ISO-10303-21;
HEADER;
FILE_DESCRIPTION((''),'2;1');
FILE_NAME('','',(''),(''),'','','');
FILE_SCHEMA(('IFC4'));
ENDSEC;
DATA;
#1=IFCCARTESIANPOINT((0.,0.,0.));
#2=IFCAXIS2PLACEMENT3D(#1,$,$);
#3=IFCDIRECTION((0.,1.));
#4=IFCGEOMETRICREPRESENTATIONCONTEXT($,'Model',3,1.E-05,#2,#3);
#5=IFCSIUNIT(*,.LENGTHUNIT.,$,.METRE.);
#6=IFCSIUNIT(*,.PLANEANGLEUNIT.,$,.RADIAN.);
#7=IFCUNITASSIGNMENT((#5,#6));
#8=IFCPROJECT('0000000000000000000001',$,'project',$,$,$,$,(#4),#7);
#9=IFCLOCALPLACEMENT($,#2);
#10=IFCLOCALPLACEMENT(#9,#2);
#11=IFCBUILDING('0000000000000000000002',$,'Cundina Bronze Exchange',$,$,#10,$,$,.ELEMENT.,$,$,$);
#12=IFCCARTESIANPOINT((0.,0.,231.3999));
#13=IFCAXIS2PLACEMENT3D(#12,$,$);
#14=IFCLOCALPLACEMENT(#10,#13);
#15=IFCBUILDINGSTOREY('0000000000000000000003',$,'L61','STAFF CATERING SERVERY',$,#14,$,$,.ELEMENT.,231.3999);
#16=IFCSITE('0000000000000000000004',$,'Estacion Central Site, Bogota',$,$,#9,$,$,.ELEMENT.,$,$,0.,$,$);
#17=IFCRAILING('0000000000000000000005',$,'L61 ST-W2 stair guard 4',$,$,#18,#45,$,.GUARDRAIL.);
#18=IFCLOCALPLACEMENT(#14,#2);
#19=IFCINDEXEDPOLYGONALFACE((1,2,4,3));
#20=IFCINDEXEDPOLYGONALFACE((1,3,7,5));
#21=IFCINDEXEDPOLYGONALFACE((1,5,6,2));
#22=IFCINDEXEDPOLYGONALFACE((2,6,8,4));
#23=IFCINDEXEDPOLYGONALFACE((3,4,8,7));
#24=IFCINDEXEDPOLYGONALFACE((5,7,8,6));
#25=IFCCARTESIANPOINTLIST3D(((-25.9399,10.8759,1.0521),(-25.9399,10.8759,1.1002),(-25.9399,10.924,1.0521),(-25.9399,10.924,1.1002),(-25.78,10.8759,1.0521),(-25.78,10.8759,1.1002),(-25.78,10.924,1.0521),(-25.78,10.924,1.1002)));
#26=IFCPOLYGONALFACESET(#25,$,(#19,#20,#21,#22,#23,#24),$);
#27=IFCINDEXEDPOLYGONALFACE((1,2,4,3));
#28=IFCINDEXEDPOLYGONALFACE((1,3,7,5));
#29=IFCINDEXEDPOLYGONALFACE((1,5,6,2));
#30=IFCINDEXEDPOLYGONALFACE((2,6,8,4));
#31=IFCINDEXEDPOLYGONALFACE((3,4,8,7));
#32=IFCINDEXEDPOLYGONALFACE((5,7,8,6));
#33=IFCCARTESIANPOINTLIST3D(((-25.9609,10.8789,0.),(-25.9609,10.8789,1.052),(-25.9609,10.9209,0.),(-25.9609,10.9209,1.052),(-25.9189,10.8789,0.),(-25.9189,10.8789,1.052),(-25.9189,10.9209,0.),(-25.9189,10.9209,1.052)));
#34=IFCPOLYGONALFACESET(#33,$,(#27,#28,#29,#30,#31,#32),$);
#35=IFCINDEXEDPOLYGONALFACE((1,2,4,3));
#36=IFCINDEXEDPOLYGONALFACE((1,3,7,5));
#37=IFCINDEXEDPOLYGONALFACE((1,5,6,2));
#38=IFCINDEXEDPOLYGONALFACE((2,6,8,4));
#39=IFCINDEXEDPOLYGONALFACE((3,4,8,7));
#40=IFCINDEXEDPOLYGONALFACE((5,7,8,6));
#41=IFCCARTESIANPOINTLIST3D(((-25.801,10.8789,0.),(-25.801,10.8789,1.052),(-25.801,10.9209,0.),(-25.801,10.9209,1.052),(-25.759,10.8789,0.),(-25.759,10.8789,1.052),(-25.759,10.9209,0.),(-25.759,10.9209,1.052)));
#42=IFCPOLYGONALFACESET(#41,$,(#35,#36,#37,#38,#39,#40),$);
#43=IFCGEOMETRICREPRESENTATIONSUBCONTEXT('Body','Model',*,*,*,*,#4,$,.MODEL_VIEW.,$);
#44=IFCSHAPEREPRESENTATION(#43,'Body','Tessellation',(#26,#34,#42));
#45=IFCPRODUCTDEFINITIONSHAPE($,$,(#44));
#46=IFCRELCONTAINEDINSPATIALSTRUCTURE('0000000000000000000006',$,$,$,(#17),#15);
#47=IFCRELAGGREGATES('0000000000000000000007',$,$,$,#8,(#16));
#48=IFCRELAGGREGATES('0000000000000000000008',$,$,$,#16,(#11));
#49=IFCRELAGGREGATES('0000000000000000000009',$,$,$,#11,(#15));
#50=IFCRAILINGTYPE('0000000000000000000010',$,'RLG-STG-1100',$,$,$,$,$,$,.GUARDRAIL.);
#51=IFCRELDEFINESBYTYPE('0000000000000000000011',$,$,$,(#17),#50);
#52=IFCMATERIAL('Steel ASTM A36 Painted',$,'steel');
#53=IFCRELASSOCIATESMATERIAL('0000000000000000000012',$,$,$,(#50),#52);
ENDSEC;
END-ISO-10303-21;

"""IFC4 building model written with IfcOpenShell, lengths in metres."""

from ifc_helpers import new_model, si_unit, direction, frame, origin, origin_2d, place, context, subcontext, project, spatial, rectangle, extrude, material, type_object, element, save


model = new_model("IFC4")

# Units and contexts
model_context = context("Model", 3, precision=1e-05, world=origin(), true_north=direction((0.0, 1.0)))
body_context = subcontext(model_context, "Body", "Model", "MODEL_VIEW")
ifc_project = project(units=[si_unit("LENGTHUNIT", "METRE"), si_unit("PLANEANGLEUNIT", "RADIAN")], contexts=[model_context])

# Site, building, storey
site_placement = place(None, origin())
site = spatial("IfcSite", under=ifc_project, at=site_placement, Name="Estacion Central Site, Bogota", CompositionType="ELEMENT", RefElevation=0.0)
building_placement = place(site_placement, origin())
building = spatial("IfcBuilding", under=site, at=building_placement, Name="Cundina Bronze Exchange", CompositionType="ELEMENT")
storey_placement = place(building_placement, frame((0.0, 0.0, 231.3999)))
storey = spatial("IfcBuildingStorey", under=building, at=storey_placement, Name="L61", Description="STAFF CATERING SERVERY", CompositionType="ELEMENT", Elevation=231.3999)

# Shared definitions
ifc_material_1 = material(Name="Steel ASTM A36 Painted", Category="steel")

# Railing
railing_type_1 = type_object("IfcRailingType", Name="RLG-STG-1100", PredefinedType="GUARDRAIL", material=ifc_material_1)
railing_1_placement = place(storey_placement, frame((-25.9399, 10.8999, 0.0)))
element("IfcRailing", 1, at=railing_1_placement, inside=storey, type_object=railing_type_1, Name="L61 ST-W2 stair guard 4", PredefinedType="GUARDRAIL", context=body_context, shape_type="SweptSolid", body=[
    extrude(rectangle(XDim=0.0481, YDim=0.0481, at=origin_2d()), frame((0.0, 0.0, 1.0762), z_axis=(1.0, 0.0, 0.0), x_axis=(0.0, 1.0, 0.0)), (0.0, 0.0, 1.0), 0.1599),
    extrude(rectangle(XDim=0.042, YDim=0.042, at=origin_2d()), origin(), (0.0, 0.0, 1.0), 1.052),
    extrude(rectangle(XDim=0.042, YDim=0.042, at=origin_2d()), frame((0.1599, 0.0, 0.0)), (0.0, 0.0, 1.0), 1.052),
])

save(model, "model.ifc")
